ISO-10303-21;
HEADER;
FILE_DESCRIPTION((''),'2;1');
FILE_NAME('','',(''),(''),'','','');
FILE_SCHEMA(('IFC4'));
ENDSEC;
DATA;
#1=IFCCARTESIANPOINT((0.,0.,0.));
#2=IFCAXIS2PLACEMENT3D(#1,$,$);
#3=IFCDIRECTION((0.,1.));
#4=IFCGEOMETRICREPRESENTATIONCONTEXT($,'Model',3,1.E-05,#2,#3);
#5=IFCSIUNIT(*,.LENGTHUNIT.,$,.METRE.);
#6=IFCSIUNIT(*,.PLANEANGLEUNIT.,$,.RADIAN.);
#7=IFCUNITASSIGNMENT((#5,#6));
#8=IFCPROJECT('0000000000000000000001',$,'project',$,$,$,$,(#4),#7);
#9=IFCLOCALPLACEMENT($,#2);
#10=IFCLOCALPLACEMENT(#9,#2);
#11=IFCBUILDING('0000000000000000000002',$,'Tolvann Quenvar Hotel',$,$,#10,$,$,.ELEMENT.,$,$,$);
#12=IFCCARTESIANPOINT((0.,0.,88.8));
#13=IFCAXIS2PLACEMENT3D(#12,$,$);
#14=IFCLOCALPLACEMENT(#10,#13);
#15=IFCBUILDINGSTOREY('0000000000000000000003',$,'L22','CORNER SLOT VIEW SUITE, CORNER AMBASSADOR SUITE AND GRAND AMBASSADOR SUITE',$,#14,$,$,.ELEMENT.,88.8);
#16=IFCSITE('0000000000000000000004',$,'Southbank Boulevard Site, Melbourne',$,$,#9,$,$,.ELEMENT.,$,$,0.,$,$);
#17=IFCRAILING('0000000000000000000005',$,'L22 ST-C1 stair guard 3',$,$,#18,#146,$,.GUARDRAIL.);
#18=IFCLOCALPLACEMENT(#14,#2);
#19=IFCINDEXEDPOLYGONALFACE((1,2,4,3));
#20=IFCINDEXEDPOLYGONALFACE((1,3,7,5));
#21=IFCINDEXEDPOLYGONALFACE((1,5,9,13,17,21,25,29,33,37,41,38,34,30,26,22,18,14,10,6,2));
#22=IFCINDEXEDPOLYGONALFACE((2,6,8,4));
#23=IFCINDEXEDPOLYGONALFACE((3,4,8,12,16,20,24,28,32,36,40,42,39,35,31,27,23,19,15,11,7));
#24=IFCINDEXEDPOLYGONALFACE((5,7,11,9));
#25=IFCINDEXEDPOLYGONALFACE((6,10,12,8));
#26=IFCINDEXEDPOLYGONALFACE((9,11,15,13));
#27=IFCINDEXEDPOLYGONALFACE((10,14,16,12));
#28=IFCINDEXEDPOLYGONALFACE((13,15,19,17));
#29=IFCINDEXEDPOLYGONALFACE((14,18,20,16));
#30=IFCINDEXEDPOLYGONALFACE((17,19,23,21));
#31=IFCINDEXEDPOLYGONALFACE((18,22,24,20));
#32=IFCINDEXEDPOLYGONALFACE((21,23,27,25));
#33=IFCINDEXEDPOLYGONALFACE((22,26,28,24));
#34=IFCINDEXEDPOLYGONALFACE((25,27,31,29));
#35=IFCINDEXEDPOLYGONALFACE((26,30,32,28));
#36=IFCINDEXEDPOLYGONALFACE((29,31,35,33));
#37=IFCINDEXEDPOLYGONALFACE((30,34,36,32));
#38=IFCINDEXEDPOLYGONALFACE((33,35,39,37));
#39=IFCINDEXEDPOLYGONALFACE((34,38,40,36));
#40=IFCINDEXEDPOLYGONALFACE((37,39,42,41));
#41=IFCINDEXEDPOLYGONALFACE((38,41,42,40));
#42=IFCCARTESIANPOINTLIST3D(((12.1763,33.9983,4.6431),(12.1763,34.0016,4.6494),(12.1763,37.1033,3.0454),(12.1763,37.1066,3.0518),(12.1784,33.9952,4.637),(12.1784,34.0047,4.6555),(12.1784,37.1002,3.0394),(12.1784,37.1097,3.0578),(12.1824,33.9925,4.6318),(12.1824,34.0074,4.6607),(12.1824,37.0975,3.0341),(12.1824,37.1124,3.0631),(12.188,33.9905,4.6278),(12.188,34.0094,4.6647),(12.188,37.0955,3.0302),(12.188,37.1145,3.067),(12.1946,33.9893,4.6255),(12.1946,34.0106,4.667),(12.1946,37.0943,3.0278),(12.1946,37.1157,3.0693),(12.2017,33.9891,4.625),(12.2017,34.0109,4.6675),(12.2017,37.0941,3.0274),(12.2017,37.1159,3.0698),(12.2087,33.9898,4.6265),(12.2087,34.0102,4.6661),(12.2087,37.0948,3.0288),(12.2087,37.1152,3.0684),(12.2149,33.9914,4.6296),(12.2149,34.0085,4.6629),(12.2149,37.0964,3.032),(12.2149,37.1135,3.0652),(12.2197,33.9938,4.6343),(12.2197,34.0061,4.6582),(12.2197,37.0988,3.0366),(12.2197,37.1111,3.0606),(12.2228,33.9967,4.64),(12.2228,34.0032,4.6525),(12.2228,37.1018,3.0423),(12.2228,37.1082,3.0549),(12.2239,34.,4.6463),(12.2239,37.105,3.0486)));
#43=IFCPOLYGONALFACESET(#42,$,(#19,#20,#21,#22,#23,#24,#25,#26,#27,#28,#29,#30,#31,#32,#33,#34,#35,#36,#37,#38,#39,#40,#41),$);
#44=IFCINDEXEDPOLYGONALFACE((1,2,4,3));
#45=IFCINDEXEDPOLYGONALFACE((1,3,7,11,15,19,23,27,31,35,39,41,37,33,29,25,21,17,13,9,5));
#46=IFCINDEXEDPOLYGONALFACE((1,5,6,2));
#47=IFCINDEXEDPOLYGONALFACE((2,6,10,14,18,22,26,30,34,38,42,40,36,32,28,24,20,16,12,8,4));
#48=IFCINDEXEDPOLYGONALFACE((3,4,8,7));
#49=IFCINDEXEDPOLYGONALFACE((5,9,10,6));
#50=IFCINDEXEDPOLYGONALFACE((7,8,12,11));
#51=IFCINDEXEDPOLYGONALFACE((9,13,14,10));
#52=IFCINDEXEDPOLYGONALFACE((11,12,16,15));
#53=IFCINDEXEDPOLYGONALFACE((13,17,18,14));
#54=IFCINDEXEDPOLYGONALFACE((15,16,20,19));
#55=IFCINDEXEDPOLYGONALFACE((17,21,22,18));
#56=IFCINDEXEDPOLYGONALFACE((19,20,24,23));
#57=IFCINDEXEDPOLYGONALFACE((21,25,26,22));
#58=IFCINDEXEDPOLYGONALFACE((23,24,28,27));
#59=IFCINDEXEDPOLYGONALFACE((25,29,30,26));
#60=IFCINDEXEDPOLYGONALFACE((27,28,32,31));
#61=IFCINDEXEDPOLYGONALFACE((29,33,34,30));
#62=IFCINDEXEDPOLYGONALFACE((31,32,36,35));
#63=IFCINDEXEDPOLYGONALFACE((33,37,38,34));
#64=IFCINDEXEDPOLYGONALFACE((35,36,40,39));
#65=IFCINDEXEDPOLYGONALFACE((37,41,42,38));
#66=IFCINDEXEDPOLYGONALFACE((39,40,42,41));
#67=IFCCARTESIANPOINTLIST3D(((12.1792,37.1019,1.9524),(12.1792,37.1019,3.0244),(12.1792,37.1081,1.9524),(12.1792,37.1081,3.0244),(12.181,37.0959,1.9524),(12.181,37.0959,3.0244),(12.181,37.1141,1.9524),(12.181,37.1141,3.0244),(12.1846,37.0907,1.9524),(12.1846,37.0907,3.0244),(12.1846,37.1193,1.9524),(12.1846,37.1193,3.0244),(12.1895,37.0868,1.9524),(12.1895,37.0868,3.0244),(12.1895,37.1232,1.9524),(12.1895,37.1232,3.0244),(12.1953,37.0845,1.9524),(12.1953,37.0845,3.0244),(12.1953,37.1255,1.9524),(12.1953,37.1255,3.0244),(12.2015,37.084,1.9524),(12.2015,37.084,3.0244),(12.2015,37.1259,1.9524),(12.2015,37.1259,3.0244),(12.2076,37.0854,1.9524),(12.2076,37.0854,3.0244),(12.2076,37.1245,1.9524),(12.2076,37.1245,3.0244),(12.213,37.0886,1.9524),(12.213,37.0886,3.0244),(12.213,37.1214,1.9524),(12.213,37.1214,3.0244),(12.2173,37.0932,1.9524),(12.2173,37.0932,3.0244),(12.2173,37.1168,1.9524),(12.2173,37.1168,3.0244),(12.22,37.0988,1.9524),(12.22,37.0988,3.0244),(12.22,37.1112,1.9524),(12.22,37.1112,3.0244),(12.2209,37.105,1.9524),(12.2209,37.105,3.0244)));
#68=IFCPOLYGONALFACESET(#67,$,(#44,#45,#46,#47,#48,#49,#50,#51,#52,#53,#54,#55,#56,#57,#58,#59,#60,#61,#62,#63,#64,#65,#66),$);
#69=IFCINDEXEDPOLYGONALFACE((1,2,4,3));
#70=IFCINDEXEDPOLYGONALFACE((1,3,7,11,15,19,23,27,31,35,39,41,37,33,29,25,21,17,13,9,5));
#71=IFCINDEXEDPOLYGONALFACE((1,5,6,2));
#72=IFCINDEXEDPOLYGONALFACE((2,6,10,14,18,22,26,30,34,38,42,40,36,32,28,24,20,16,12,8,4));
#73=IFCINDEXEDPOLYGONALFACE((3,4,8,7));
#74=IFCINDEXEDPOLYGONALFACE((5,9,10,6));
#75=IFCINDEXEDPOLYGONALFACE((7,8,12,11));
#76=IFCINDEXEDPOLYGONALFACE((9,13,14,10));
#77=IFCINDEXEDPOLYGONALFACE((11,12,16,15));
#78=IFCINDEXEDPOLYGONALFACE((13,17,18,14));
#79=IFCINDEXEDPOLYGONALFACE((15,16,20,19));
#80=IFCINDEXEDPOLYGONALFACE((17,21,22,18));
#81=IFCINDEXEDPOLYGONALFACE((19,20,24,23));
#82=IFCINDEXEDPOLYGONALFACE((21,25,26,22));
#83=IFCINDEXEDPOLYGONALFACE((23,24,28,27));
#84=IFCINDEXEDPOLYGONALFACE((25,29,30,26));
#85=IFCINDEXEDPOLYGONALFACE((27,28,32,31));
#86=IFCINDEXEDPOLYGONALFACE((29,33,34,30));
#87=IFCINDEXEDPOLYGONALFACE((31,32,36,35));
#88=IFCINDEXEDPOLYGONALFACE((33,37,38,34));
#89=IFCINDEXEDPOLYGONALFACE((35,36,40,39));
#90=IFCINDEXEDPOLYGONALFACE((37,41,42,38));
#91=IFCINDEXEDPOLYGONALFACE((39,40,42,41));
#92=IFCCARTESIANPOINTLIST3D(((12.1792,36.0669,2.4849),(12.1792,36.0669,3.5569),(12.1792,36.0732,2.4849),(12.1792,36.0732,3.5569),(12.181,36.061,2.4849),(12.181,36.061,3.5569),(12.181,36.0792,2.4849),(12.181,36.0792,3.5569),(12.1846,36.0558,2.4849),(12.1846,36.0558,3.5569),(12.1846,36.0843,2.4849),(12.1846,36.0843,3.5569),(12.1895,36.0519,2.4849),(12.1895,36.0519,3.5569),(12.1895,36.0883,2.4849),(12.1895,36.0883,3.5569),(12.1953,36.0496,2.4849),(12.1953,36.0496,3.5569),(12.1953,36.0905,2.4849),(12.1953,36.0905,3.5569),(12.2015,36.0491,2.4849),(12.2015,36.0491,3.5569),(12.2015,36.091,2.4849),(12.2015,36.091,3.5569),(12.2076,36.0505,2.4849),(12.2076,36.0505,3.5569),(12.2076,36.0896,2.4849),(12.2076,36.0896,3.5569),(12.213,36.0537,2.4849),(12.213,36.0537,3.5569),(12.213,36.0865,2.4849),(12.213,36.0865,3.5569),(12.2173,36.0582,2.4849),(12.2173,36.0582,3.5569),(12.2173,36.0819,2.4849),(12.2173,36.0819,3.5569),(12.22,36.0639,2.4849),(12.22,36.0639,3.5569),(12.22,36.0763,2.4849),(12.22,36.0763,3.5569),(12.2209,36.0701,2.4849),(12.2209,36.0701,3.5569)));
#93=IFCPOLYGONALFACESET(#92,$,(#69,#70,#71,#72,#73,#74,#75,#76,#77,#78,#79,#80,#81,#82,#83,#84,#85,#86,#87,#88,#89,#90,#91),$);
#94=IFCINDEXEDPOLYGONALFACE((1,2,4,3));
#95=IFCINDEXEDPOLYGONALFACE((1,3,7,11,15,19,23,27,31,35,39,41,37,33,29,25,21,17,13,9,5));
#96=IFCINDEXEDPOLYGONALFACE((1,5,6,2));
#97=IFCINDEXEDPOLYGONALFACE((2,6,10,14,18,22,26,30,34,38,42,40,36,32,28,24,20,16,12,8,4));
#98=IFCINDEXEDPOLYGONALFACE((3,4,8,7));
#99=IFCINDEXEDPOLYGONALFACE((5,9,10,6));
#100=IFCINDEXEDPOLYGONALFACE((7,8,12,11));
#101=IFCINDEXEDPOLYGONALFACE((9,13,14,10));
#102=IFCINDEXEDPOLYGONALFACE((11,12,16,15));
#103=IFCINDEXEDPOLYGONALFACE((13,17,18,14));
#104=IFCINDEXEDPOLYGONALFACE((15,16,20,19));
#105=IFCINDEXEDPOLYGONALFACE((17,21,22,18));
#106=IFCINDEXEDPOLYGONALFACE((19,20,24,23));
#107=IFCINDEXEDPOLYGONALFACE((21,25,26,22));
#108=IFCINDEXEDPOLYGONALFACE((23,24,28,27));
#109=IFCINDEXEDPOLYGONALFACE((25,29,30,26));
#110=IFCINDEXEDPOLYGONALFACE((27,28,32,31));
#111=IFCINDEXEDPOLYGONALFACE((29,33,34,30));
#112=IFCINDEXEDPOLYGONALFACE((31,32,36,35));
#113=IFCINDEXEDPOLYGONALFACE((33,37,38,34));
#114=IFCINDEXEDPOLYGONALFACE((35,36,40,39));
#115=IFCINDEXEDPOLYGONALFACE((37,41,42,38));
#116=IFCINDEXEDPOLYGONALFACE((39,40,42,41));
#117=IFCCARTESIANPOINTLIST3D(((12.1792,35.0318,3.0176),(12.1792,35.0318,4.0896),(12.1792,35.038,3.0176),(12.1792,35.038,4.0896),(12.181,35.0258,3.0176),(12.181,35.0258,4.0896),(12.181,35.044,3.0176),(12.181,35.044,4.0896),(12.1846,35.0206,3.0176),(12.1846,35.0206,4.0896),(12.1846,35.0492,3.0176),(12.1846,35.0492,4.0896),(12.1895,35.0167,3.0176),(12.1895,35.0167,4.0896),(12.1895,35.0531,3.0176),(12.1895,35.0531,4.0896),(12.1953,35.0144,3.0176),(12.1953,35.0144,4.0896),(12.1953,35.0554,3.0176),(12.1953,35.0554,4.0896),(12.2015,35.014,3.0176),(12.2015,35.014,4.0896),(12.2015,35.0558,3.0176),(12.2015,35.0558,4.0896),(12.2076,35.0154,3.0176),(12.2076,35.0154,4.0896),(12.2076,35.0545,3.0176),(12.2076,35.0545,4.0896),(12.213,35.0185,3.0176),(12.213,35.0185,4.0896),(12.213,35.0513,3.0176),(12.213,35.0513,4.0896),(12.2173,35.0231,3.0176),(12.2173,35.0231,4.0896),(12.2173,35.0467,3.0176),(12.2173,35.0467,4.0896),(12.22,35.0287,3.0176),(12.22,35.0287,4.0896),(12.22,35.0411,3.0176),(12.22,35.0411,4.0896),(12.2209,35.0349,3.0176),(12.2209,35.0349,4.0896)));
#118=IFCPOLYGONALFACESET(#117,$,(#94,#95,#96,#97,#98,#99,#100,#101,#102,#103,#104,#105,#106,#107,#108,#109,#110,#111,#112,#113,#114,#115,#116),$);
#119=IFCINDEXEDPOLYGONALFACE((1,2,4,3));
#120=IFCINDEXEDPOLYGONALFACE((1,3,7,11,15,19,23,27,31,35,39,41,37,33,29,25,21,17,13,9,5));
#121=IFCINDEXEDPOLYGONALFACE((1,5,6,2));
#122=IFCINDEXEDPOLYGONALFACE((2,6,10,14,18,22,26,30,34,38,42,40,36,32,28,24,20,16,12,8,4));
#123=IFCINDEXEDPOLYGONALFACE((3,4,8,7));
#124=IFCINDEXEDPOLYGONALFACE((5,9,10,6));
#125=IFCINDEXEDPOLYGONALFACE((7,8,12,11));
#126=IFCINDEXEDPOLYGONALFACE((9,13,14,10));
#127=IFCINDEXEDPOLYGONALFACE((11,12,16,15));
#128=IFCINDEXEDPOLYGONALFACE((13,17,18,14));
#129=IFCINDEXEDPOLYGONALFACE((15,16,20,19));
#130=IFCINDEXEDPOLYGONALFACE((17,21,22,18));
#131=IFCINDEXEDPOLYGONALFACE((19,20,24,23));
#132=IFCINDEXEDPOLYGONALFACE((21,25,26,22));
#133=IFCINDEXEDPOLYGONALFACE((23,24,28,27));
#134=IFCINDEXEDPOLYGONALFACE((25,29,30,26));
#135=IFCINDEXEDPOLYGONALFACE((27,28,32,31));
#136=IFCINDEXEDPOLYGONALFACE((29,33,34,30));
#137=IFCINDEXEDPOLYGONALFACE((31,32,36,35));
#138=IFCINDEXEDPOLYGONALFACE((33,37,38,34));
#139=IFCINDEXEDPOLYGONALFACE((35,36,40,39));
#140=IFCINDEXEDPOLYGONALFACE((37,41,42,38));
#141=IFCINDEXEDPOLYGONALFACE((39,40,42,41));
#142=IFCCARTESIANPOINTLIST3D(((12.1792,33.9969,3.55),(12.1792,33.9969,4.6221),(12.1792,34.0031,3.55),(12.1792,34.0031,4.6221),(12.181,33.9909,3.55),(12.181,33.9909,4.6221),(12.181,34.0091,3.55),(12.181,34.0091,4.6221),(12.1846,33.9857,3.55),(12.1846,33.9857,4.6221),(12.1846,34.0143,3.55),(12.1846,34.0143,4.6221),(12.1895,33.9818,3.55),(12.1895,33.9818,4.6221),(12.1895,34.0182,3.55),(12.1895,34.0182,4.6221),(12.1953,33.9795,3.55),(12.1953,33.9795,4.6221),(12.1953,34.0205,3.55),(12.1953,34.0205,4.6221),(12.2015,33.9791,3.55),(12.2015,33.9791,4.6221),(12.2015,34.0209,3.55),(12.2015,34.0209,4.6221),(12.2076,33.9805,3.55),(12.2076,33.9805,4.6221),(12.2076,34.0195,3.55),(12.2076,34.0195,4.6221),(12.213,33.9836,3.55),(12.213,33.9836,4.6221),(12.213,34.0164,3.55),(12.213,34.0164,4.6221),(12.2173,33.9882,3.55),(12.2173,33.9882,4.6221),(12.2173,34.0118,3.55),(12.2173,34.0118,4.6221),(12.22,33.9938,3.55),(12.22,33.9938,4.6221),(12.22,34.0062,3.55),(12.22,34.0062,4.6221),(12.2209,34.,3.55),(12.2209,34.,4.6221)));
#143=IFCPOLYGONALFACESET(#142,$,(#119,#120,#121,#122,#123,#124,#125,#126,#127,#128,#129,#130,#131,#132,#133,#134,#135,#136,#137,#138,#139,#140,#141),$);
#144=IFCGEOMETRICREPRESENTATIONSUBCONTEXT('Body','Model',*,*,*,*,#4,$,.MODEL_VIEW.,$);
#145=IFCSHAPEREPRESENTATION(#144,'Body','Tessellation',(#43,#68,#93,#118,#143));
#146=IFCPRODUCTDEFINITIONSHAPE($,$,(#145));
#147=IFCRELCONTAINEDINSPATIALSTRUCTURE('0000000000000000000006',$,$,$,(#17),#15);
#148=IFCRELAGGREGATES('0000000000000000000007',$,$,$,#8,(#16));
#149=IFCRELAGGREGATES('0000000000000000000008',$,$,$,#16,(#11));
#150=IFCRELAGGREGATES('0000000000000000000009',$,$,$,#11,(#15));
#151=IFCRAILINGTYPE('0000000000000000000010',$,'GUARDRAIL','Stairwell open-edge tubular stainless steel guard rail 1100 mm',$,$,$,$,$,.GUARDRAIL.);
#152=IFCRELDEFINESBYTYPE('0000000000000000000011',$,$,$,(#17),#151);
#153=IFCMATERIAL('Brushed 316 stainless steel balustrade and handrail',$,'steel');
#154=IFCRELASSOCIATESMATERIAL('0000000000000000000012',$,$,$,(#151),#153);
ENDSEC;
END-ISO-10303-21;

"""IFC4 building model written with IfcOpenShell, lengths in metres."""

from ifc_helpers import new_model, si_unit, direction, frame, origin, origin_2d, place, context, subcontext, project, spatial, circle, extrude, material, type_object, element, save


model = new_model("IFC4")

# Units and contexts
model_context = context("Model", 3, precision=1e-05, world=origin(), true_north=direction((0.0, 1.0)))
body_context = subcontext(model_context, "Body", "Model", "MODEL_VIEW")
ifc_project = project(units=[si_unit("LENGTHUNIT", "METRE"), si_unit("PLANEANGLEUNIT", "RADIAN")], contexts=[model_context])

# Site, building, storey
site_placement = place(None, origin())
site = spatial("IfcSite", under=ifc_project, at=site_placement, Name="Southbank Boulevard Site, Melbourne", CompositionType="ELEMENT", RefElevation=0.0)
building_placement = place(site_placement, origin())
building = spatial("IfcBuilding", under=site, at=building_placement, Name="Tolvann Quenvar Hotel", CompositionType="ELEMENT")
storey_placement = place(building_placement, frame((0.0, 0.0, 88.8)))
storey = spatial("IfcBuildingStorey", under=building, at=storey_placement, Name="L22", Description="CORNER SLOT VIEW SUITE, CORNER AMBASSADOR SUITE AND GRAND AMBASSADOR SUITE", CompositionType="ELEMENT", Elevation=88.8)

# Railing
ifc_material_1 = material(Name="Brushed 316 stainless steel balustrade and handrail", Category="steel")
railing_type_1 = type_object("IfcRailingType", Name="GUARDRAIL", Description="Stairwell open-edge tubular stainless steel guard rail 1100 mm", PredefinedType="GUARDRAIL", material=ifc_material_1)
railing_1_placement = place(storey_placement, frame((12.2, 37.105, 1.9524)))
element("IfcRailing", 1, at=railing_1_placement, inside=storey, type_object=railing_type_1, Name="L22 ST-C1 stair guard 3", PredefinedType="GUARDRAIL", context=body_context, shape_type="SweptSolid", body=[
    extrude(circle(Radius=0.0239, at=origin_2d()), frame((0.0, 0.0, 1.0962), z_axis=(0.0, -0.889194, 0.457531), x_axis=(1.0, 0.0, 0.0)), (0.0, 0.0, 1.0), 3.4919),
    extrude(circle(Radius=0.021, at=origin_2d()), origin(), (0.0, 0.0, 1.0), 1.072),
    extrude(circle(Radius=0.021, at=origin_2d()), frame((0.0, -1.0349, 0.5325)), (0.0, 0.0, 1.0), 1.072),
    extrude(circle(Radius=0.021, at=origin_2d()), frame((0.0, -2.0701, 1.0652)), (0.0, 0.0, 1.0), 1.072),
    extrude(circle(Radius=0.021, at=origin_2d()), frame((0.0, -3.105, 1.5977)), (0.0, 0.0, 1.0), 1.072),
])

save(model, "model.ifc")
